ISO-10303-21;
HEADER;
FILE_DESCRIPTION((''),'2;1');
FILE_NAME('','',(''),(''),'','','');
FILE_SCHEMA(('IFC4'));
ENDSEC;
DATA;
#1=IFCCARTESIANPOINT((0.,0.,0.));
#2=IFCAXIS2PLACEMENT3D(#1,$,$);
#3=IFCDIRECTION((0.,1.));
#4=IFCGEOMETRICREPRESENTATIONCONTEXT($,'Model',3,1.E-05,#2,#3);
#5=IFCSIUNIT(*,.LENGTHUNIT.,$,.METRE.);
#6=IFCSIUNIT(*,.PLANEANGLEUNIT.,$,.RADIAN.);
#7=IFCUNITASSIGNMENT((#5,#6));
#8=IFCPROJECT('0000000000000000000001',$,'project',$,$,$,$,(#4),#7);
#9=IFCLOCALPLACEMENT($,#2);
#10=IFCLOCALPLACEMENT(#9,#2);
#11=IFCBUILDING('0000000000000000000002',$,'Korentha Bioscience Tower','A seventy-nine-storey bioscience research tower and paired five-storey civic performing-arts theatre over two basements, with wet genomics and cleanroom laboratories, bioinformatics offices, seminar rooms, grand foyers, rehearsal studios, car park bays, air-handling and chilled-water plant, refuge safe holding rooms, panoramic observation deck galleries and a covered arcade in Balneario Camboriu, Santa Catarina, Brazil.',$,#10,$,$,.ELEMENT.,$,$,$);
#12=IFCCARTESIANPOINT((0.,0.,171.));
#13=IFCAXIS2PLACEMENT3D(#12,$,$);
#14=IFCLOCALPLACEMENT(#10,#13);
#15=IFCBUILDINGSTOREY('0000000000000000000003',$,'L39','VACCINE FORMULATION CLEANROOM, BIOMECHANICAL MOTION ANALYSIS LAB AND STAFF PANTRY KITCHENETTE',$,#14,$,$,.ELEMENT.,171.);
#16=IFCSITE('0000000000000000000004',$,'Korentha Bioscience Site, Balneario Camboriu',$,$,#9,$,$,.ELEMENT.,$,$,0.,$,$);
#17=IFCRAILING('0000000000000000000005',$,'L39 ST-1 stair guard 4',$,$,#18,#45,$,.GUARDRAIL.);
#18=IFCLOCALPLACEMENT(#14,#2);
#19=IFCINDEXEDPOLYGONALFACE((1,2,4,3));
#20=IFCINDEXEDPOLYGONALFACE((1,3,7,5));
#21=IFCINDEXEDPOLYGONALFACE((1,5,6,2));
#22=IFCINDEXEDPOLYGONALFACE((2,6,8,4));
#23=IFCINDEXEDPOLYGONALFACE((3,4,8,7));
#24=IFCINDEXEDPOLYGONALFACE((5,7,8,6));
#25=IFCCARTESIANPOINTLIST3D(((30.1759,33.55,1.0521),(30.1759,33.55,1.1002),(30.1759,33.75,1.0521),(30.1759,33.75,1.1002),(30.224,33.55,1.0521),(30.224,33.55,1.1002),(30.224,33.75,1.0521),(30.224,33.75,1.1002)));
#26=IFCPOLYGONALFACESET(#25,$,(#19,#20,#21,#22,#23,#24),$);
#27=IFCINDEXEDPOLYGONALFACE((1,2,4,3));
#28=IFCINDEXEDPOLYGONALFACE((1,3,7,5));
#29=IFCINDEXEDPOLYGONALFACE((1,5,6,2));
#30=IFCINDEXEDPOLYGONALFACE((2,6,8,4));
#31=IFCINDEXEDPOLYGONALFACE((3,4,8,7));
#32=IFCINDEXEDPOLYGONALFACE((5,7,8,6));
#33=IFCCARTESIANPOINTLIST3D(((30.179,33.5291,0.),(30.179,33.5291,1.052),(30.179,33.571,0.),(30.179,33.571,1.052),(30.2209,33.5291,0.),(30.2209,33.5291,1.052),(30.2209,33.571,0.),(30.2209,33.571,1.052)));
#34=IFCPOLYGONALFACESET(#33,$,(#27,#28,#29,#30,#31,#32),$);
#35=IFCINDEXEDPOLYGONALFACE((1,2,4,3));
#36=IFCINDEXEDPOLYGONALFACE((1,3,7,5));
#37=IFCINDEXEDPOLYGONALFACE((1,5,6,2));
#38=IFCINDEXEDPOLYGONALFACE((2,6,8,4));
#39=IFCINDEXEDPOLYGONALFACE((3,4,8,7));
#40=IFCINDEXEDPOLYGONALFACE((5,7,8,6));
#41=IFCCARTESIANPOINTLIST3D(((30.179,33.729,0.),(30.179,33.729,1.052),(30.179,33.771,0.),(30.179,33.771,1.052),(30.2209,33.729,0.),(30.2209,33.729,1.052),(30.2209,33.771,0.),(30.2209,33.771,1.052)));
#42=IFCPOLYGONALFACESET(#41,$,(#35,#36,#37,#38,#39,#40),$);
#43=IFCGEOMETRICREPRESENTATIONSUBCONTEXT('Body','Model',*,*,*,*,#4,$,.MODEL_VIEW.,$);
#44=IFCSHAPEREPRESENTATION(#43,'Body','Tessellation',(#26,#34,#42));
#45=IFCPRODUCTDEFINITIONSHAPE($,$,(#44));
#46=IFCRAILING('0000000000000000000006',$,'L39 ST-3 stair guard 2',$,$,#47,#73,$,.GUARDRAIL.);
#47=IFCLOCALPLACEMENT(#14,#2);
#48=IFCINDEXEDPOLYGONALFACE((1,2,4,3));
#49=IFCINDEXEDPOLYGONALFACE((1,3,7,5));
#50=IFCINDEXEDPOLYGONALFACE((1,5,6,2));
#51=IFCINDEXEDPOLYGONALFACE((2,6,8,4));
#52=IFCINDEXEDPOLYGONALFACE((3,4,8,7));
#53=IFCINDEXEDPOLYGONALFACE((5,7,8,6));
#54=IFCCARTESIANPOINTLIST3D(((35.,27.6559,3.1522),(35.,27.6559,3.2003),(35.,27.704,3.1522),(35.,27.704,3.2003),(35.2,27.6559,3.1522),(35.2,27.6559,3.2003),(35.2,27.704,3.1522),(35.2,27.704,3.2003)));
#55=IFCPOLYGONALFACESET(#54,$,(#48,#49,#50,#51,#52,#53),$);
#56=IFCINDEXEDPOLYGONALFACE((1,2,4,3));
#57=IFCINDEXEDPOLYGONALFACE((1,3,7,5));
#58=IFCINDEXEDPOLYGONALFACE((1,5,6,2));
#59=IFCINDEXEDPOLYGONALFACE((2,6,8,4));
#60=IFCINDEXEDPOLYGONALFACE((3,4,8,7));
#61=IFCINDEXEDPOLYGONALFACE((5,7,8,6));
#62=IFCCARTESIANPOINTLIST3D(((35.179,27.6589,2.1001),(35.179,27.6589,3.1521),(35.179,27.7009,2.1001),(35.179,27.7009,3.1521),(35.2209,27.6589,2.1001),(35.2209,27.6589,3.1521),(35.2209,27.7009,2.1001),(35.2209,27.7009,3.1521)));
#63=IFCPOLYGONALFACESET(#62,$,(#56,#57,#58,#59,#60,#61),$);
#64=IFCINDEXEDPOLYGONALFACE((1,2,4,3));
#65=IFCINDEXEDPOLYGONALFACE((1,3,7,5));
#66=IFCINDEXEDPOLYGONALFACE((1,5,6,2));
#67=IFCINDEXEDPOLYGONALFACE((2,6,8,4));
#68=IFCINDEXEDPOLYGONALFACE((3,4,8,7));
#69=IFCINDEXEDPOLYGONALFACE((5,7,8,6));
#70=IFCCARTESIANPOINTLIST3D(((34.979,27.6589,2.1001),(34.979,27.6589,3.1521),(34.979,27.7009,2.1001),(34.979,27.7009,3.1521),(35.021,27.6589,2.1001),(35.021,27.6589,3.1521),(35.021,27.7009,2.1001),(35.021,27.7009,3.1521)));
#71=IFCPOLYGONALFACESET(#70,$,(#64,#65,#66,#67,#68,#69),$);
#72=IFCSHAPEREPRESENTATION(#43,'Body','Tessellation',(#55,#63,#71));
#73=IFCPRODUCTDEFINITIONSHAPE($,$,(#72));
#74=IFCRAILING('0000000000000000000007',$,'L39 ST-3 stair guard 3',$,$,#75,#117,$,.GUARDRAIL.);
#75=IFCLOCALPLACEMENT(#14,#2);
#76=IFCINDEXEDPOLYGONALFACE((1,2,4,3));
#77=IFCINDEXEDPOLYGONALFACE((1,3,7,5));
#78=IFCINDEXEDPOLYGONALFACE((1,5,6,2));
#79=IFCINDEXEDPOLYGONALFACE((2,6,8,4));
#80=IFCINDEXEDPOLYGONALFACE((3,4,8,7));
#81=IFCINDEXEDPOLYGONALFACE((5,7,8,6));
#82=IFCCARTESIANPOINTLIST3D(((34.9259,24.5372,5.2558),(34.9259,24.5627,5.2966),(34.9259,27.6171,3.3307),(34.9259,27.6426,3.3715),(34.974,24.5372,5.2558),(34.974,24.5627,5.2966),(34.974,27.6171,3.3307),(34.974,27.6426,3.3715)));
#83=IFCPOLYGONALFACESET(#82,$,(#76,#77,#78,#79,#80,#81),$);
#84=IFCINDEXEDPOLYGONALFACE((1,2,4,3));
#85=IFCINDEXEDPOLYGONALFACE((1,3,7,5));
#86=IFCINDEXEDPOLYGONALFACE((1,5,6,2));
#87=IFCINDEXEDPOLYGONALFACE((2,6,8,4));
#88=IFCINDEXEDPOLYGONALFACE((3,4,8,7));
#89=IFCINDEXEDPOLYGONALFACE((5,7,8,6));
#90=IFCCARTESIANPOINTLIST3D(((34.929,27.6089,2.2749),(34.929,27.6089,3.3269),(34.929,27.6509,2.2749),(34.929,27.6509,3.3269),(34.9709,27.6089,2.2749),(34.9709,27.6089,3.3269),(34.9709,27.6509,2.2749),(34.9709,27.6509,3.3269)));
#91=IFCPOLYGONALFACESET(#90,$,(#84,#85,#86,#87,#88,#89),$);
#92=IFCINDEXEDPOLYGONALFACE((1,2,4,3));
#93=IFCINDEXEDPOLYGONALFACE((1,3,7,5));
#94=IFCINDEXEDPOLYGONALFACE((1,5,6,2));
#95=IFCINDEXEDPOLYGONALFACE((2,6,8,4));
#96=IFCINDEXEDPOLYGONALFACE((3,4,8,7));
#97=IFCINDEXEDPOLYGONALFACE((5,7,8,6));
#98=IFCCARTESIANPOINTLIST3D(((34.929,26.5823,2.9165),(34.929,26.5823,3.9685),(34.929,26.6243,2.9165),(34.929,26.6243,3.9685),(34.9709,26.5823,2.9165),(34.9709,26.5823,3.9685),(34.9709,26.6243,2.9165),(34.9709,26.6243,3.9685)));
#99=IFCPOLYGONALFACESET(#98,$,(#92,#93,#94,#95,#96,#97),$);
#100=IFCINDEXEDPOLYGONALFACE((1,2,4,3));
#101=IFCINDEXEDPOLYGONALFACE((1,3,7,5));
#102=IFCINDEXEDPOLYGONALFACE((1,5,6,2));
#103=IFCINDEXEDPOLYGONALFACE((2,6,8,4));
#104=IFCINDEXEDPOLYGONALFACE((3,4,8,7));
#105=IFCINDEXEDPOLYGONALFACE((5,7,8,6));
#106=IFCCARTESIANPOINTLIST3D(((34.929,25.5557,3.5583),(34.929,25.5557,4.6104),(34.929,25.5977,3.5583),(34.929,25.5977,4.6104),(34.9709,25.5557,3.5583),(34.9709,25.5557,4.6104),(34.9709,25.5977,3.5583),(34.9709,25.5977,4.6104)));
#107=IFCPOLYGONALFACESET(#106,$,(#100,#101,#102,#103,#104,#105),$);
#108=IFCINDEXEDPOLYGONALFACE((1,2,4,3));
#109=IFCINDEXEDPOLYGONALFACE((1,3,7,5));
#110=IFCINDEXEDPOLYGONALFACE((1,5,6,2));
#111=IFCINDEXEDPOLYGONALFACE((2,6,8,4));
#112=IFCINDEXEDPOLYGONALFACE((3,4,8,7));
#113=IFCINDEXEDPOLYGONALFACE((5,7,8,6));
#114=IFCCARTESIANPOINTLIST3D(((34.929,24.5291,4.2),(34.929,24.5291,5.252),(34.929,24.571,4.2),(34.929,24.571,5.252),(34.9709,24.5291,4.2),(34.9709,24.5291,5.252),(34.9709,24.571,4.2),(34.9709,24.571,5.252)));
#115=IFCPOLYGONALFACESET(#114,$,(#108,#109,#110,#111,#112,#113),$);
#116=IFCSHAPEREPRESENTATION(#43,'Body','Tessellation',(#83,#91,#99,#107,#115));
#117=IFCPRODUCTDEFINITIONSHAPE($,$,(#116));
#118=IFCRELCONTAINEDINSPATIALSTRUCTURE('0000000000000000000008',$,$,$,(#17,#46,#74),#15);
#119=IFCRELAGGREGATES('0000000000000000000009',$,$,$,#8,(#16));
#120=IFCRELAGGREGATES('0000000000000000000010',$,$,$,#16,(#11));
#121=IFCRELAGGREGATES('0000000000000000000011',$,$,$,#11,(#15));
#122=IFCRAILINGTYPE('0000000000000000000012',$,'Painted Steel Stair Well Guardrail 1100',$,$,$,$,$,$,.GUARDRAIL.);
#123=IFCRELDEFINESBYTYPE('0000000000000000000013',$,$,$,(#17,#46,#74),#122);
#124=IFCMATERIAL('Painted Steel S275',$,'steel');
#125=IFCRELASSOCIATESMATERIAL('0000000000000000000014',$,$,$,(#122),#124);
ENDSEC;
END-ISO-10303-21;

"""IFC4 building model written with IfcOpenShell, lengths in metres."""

from ifc_helpers import new_model, si_unit, direction, frame, origin, origin_2d, place, context, subcontext, project, spatial, rectangle, extrude, material, type_object, element, save


model = new_model("IFC4")

# Units and contexts
model_context = context("Model", 3, precision=1e-05, world=origin(), true_north=direction((0.0, 1.0)))
body_context = subcontext(model_context, "Body", "Model", "MODEL_VIEW")
ifc_project = project(units=[si_unit("LENGTHUNIT", "METRE"), si_unit("PLANEANGLEUNIT", "RADIAN")], contexts=[model_context])

# Site, building, storey
site_placement = place(None, origin())
site = spatial("IfcSite", under=ifc_project, at=site_placement, Name="Korentha Bioscience Site, Balneario Camboriu", CompositionType="ELEMENT", RefElevation=0.0)
building_placement = place(site_placement, origin())
building = spatial("IfcBuilding", under=site, at=building_placement, Name="Korentha Bioscience Tower", Description="A seventy-nine-storey bioscience research tower and paired five-storey civic performing-arts theatre over two basements, with wet genomics and cleanroom laboratories, bioinformatics offices, seminar rooms, grand foyers, rehearsal studios, car park bays, air-handling and chilled-water plant, refuge safe holding rooms, panoramic observation deck galleries and a covered arcade in Balneario Camboriu, Santa Catarina, Brazil.", CompositionType="ELEMENT")
storey_placement = place(building_placement, frame((0.0, 0.0, 171.0)))
storey = spatial("IfcBuildingStorey", under=building, at=storey_placement, Name="L39", Description="VACCINE FORMULATION CLEANROOM, BIOMECHANICAL MOTION ANALYSIS LAB AND STAFF PANTRY KITCHENETTE", CompositionType="ELEMENT", Elevation=171.0)

# Railings
ifc_material_1 = material(Name="Painted Steel S275", Category="steel")
railing_type_1 = type_object("IfcRailingType", Name="Painted Steel Stair Well Guardrail 1100", PredefinedType="GUARDRAIL", material=ifc_material_1)
railing_1_placement = place(storey_placement, frame((30.2, 33.55, 0.0)))
element("IfcRailing", 1, at=railing_1_placement, inside=storey, type_object=railing_type_1, Name="L39 ST-1 stair guard 4", PredefinedType="GUARDRAIL", context=body_context, shape_type="SweptSolid", body=[
    extrude(rectangle(XDim=0.0481, YDim=0.0481, at=origin_2d()), frame((0.0, 0.0, 1.0762), z_axis=(0.0, 1.0, 0.0), x_axis=(-1.0, 0.0, 0.0)), (0.0, 0.0, 1.0), 0.2),
    extrude(rectangle(XDim=0.042, YDim=0.042, at=origin_2d()), origin(), (0.0, 0.0, 1.0), 1.052),
    extrude(rectangle(XDim=0.042, YDim=0.042, at=origin_2d()), frame((0.0, 0.2, 0.0)), (0.0, 0.0, 1.0), 1.052),
])
railing_2_placement = place(storey_placement, frame((35.2, 27.6799, 2.1001)))
element("IfcRailing", 2, at=railing_2_placement, inside=storey, type_object=railing_type_1, Name="L39 ST-3 stair guard 2", PredefinedType="GUARDRAIL", context=body_context, shape_type="SweptSolid", body=[
    extrude(rectangle(XDim=0.0481, YDim=0.0481, at=origin_2d()), frame((0.0, 0.0, 1.0762), z_axis=(-1.0, 0.0, 0.0), x_axis=(0.0, -1.0, 0.0)), (0.0, 0.0, 1.0), 0.2),
    extrude(rectangle(XDim=0.042, YDim=0.042, at=origin_2d()), origin(), (0.0, 0.0, 1.0), 1.052),
    extrude(rectangle(XDim=0.042, YDim=0.042, at=origin_2d()), frame((-0.2, 0.0, 0.0)), (0.0, 0.0, 1.0), 1.052),
])
railing_3_placement = place(storey_placement, frame((34.95, 27.6299, 2.2749)))
element("IfcRailing", 3, at=railing_3_placement, inside=storey, type_object=railing_type_1, Name="L39 ST-3 stair guard 3", PredefinedType="GUARDRAIL", context=body_context, shape_type="SweptSolid", body=[
    extrude(rectangle(XDim=0.0481, YDim=0.0481, at=origin_2d()), frame((0.0, 0.0, 1.0762), z_axis=(0.0, -0.847979, 0.530029), x_axis=(1.0, 0.0, 0.0)), (0.0, 0.0, 1.0), 3.6321),
    extrude(rectangle(XDim=0.042, YDim=0.042, at=origin_2d()), origin(), (0.0, 0.0, 1.0), 1.052),
    extrude(rectangle(XDim=0.042, YDim=0.042, at=origin_2d()), frame((0.0, -1.0266, 0.6416)), (0.0, 0.0, 1.0), 1.052),
    extrude(rectangle(XDim=0.042, YDim=0.042, at=origin_2d()), frame((0.0, -2.0532, 1.2834)), (0.0, 0.0, 1.0), 1.052),
    extrude(rectangle(XDim=0.042, YDim=0.042, at=origin_2d()), frame((0.0, -3.0798, 1.925)), (0.0, 0.0, 1.0), 1.052),
])

save(model, "model.ifc")
